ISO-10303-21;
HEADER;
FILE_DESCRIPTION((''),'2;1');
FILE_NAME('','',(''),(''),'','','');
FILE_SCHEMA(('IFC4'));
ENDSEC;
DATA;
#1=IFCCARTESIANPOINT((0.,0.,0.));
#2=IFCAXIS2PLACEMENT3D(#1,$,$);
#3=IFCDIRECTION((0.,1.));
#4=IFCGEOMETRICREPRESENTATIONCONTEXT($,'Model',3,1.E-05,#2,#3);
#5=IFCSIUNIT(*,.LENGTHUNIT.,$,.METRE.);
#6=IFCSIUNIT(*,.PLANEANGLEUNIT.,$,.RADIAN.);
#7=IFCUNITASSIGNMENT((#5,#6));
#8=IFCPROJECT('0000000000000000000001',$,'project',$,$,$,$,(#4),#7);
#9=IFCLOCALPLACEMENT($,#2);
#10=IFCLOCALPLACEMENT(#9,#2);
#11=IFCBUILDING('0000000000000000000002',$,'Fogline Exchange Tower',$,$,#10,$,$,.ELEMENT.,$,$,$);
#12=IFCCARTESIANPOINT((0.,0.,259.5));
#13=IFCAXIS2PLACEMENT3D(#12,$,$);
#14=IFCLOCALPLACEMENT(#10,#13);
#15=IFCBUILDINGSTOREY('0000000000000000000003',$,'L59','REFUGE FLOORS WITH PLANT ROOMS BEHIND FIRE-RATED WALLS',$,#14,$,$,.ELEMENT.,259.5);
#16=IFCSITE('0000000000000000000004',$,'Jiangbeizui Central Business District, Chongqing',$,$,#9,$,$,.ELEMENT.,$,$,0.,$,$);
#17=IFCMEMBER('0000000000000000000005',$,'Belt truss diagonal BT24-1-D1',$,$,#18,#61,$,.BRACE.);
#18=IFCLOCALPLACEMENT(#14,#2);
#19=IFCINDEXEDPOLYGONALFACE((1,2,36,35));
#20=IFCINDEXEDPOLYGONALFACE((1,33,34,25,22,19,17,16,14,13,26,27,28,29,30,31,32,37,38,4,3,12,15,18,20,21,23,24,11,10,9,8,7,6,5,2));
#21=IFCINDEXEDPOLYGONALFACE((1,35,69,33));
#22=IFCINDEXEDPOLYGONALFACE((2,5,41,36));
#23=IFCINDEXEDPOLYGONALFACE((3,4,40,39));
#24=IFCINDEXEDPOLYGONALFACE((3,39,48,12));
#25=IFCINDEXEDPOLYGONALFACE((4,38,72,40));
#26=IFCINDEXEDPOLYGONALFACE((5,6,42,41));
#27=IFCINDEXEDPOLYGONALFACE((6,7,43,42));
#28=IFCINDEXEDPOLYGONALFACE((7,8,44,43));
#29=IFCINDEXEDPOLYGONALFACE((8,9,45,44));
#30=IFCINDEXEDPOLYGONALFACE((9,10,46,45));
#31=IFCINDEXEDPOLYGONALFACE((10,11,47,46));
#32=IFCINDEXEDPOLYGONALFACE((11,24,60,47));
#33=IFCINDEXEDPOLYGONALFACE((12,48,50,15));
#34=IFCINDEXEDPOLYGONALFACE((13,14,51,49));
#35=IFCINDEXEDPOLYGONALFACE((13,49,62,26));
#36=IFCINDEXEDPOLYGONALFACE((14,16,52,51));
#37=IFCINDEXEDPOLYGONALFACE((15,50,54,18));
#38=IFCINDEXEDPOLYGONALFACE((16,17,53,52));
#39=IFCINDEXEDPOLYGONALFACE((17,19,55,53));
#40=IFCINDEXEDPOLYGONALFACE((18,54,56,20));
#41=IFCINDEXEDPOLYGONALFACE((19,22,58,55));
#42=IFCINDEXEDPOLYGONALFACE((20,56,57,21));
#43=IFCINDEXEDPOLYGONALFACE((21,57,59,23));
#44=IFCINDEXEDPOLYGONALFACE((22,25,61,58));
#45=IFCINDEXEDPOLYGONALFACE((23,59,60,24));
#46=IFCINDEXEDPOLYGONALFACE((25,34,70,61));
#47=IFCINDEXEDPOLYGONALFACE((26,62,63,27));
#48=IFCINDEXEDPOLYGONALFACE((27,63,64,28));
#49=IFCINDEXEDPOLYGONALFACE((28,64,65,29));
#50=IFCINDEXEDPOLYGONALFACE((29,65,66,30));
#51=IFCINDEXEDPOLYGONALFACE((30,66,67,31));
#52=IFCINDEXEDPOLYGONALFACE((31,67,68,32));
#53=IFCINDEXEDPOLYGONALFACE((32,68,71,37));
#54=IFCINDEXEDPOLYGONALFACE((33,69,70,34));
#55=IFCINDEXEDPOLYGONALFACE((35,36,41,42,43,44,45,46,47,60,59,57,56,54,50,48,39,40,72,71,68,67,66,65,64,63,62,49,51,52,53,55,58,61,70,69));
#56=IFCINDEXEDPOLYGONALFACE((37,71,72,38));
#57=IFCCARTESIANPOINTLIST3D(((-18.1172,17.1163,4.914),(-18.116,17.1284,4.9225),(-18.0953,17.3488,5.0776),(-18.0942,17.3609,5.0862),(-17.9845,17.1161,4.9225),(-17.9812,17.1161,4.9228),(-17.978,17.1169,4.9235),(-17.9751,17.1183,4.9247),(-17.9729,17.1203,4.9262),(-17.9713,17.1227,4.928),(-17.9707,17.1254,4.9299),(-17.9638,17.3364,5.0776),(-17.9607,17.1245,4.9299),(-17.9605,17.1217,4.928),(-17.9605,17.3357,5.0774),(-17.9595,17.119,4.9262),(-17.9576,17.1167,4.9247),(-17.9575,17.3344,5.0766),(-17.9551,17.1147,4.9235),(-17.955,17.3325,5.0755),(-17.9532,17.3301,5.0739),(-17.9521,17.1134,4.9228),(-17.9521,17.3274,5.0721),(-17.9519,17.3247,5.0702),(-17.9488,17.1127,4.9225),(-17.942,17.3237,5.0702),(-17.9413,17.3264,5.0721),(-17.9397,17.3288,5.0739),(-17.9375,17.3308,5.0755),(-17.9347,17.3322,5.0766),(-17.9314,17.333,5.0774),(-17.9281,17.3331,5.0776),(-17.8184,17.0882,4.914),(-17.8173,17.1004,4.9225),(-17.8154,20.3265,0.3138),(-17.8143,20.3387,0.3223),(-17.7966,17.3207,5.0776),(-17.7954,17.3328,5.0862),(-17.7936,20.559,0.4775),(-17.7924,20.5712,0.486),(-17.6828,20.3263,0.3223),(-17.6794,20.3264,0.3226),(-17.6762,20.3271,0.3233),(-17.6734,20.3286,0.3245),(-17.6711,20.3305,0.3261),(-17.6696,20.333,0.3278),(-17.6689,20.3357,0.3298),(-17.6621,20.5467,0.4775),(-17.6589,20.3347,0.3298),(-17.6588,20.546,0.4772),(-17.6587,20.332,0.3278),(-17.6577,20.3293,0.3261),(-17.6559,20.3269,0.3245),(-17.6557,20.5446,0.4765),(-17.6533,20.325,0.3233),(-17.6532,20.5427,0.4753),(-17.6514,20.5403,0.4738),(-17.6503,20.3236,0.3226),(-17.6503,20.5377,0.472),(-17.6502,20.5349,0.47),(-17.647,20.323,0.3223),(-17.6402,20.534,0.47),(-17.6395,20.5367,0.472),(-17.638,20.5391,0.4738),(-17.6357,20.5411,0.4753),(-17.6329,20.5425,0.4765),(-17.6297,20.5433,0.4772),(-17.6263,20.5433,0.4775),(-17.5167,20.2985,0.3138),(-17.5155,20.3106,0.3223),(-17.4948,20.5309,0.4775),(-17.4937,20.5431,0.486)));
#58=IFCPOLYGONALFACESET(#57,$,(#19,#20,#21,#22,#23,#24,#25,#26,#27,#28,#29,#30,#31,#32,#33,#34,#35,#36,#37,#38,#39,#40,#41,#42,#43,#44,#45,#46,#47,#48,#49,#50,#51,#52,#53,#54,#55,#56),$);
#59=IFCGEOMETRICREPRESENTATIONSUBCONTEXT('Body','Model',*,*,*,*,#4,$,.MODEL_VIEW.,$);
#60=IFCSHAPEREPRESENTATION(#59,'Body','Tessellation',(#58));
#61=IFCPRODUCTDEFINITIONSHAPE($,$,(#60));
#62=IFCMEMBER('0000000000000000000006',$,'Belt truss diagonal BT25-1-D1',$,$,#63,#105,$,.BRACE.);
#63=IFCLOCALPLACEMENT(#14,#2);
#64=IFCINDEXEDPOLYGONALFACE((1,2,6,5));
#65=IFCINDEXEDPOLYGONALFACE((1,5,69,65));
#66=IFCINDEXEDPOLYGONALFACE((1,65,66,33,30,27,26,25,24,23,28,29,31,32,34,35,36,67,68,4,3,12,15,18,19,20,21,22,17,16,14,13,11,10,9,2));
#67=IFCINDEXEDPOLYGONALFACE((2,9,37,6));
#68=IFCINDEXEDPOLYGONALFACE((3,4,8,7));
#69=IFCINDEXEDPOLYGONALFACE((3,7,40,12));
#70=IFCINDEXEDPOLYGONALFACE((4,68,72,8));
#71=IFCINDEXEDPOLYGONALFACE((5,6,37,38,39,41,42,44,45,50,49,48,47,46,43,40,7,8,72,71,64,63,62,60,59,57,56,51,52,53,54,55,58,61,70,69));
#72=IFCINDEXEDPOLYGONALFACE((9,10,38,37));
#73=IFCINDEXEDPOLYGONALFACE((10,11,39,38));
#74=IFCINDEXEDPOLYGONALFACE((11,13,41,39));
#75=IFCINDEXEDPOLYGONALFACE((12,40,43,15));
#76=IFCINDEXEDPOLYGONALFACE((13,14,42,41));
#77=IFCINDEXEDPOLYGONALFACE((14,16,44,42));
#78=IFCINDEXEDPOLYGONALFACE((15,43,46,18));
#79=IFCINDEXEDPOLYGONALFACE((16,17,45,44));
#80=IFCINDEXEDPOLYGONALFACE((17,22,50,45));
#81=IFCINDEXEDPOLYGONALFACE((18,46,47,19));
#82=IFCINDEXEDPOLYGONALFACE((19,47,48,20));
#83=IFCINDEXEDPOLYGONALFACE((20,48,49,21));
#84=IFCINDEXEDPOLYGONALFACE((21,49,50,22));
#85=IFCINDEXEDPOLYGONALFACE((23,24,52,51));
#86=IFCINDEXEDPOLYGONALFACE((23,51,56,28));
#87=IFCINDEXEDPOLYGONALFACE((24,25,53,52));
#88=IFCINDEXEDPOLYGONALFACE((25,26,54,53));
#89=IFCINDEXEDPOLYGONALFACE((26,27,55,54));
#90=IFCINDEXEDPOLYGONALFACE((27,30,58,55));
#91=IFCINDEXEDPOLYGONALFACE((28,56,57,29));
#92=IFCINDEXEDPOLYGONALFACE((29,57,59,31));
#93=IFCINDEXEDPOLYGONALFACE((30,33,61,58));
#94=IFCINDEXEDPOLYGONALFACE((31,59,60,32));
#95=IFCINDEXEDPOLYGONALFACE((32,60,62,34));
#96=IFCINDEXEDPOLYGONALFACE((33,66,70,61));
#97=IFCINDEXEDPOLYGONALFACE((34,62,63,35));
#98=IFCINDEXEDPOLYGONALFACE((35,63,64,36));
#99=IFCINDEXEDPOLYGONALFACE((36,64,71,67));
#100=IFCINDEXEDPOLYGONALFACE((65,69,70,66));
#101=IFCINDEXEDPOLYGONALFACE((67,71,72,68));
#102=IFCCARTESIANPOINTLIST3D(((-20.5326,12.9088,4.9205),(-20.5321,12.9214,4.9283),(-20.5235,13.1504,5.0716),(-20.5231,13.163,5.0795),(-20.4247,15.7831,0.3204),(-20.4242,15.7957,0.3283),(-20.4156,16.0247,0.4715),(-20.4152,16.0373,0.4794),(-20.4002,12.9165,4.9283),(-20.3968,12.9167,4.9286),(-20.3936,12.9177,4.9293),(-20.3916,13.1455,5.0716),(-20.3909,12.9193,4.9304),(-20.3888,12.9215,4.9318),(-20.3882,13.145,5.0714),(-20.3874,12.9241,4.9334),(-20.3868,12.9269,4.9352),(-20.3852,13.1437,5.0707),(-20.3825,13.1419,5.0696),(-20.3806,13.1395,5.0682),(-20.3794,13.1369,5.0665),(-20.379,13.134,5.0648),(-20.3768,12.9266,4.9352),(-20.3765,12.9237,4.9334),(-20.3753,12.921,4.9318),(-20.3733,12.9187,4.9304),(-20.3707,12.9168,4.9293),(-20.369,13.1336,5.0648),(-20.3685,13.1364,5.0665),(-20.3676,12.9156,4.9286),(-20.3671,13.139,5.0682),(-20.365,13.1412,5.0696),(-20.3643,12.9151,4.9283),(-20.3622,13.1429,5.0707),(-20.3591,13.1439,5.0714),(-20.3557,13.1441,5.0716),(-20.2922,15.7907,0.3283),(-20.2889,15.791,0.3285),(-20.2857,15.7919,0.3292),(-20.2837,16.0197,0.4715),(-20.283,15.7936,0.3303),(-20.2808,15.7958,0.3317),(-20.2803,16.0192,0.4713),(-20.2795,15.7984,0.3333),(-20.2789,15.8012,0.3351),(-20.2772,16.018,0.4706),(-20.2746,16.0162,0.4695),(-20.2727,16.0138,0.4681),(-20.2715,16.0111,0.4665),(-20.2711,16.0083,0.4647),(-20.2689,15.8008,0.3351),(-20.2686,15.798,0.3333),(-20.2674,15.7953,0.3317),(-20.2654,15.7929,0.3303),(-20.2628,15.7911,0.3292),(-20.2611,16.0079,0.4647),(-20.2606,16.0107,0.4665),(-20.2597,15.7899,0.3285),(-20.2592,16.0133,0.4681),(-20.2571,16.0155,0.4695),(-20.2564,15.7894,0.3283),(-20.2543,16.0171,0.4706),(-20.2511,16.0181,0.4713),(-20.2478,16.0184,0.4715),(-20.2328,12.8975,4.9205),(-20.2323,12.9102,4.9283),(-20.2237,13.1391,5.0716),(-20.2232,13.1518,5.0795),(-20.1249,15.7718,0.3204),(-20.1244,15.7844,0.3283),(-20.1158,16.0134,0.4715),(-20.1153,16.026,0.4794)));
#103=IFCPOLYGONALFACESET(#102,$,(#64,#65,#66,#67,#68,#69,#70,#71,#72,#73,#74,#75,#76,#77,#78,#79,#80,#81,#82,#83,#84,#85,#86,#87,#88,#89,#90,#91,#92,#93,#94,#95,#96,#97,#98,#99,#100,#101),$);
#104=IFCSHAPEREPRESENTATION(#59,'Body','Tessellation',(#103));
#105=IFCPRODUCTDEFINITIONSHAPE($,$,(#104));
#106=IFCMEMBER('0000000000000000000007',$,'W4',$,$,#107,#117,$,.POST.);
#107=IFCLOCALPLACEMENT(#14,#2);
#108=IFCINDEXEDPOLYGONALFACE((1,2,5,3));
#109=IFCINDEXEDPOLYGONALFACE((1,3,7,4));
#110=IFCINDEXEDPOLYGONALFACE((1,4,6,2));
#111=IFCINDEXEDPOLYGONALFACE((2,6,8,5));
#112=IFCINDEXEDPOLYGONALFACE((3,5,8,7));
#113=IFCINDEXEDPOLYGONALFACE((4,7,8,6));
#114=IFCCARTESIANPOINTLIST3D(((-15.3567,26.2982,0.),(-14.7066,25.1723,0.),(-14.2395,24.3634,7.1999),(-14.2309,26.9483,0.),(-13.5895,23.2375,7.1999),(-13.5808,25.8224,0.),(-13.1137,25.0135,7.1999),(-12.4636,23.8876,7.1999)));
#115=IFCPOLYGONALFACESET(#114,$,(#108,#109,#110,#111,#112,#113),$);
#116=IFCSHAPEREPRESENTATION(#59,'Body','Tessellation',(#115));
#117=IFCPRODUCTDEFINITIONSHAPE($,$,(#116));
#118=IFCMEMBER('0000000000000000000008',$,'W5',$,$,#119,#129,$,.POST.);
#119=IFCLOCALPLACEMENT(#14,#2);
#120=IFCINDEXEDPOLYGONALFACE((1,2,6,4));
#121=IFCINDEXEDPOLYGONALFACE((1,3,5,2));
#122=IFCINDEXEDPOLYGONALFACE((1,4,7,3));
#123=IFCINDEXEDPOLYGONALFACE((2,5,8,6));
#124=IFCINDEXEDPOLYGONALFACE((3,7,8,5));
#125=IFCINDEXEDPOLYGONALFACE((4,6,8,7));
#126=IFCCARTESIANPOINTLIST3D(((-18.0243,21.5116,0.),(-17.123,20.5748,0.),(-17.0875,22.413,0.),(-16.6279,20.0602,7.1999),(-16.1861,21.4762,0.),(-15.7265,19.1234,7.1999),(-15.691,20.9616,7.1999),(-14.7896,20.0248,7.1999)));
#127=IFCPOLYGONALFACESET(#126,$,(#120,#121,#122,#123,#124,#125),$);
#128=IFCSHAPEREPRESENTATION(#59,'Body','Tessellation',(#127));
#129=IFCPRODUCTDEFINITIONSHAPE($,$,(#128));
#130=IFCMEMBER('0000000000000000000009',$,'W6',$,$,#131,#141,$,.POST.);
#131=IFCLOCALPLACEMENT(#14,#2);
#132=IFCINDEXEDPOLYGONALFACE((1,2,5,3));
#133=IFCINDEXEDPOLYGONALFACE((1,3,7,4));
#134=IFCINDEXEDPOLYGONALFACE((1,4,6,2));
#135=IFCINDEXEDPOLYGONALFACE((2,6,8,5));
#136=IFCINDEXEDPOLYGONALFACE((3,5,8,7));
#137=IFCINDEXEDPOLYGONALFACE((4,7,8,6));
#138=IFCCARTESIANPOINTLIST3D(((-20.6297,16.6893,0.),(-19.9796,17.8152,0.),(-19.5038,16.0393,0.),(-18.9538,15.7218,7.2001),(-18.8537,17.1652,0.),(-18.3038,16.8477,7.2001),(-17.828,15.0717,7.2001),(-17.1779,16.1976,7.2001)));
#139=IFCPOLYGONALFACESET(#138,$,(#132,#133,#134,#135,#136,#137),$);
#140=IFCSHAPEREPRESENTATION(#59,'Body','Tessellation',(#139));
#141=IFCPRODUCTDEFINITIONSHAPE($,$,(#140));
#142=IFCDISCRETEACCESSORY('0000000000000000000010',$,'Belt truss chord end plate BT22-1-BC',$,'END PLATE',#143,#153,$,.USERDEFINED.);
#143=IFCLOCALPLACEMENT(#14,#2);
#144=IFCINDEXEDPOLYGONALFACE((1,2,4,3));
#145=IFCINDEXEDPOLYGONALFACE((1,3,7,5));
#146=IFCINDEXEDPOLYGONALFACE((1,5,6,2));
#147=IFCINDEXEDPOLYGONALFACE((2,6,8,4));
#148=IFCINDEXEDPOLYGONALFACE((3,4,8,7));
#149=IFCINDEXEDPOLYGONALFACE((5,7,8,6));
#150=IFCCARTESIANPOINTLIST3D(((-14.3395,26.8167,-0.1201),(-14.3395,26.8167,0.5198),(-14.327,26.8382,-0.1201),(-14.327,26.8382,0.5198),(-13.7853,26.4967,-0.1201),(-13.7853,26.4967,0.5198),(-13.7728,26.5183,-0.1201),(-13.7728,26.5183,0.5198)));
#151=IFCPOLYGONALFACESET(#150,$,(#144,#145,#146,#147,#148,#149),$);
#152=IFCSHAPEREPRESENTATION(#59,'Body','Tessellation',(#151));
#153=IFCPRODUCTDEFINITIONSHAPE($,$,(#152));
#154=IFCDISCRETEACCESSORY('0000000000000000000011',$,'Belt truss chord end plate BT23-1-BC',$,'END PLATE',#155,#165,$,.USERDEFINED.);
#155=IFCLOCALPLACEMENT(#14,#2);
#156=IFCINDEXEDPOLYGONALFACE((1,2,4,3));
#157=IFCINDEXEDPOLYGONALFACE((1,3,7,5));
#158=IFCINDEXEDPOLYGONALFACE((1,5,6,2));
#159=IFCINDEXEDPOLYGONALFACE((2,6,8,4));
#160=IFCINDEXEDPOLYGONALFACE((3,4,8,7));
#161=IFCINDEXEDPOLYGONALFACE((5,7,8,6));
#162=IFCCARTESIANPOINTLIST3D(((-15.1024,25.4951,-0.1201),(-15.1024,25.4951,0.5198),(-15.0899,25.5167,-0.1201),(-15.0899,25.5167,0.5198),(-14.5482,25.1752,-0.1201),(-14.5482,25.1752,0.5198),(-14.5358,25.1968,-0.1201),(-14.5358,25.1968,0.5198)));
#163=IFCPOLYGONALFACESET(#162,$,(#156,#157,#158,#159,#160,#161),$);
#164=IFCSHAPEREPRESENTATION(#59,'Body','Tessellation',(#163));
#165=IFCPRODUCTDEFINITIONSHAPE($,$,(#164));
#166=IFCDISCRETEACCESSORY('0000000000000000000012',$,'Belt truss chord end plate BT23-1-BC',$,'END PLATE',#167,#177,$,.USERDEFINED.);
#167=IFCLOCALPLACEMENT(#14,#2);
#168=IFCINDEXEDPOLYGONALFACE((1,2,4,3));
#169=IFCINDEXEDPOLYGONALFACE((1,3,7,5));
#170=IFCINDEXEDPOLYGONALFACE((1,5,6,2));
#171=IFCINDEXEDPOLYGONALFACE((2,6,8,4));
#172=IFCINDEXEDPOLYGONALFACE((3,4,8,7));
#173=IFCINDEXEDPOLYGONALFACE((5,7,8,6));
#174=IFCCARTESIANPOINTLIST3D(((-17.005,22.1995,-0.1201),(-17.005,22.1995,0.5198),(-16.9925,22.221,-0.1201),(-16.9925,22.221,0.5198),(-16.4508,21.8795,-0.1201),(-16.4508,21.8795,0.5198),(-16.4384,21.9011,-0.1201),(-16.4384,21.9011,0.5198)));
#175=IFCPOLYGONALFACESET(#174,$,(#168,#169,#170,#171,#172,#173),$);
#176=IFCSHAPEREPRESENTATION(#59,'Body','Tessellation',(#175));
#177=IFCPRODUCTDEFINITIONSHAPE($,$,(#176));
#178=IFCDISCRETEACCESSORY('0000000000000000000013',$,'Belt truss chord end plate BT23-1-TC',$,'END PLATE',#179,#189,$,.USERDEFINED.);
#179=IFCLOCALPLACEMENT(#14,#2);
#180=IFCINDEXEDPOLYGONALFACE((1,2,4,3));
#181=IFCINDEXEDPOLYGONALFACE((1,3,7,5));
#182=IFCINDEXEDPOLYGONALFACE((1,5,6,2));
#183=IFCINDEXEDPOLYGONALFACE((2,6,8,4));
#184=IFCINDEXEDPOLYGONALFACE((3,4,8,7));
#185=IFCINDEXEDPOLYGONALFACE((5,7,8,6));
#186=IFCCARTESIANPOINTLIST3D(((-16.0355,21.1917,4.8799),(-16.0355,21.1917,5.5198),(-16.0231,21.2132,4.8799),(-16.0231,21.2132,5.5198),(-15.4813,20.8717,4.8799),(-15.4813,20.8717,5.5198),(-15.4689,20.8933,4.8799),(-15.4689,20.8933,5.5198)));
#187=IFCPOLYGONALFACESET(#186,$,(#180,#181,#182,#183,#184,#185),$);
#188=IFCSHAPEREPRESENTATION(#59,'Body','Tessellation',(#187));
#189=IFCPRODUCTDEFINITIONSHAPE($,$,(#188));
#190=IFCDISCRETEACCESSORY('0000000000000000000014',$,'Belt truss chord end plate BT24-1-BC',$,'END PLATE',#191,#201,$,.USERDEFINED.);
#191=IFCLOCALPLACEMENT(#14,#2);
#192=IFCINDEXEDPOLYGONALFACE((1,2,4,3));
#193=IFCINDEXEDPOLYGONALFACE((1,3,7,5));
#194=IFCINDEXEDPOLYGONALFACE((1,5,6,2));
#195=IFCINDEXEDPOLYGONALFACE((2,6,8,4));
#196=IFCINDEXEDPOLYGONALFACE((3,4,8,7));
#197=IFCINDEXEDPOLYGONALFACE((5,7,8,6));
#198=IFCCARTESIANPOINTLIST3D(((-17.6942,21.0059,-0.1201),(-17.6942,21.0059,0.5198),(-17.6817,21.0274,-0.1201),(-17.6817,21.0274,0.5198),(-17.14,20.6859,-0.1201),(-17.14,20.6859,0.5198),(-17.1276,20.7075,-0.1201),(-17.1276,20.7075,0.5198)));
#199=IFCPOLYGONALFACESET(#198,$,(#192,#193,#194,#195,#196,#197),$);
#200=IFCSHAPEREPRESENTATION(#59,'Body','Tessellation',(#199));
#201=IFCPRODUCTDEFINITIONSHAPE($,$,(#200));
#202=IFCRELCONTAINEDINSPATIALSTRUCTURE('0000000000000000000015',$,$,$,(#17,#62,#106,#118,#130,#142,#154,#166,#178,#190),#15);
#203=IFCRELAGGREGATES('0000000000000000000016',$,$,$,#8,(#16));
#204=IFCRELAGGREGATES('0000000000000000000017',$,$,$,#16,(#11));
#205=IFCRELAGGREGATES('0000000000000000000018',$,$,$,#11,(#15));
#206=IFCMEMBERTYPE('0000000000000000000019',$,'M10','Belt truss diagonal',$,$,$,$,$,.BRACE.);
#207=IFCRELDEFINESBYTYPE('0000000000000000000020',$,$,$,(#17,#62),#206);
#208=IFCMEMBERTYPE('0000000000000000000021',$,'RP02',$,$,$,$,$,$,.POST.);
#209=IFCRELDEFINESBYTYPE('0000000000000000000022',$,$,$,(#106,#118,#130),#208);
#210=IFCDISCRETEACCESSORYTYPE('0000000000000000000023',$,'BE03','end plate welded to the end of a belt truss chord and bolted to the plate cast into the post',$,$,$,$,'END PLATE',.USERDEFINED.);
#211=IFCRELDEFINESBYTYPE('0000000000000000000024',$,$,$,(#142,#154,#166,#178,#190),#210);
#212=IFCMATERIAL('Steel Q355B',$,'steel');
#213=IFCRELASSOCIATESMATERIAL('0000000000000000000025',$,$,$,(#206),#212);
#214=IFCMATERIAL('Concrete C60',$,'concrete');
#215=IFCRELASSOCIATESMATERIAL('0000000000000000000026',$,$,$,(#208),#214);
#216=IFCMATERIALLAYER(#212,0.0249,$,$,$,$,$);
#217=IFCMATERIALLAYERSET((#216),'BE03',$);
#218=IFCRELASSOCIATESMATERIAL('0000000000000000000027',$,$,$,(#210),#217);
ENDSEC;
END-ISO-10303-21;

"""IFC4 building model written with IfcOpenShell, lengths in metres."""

from ifc_helpers import new_model, si_unit, direction, frame, origin, origin_2d, place, context, subcontext, project, spatial, rectangle, i_section, extrude, material, layer, layer_set, material_profile, profile_set, type_object, element, save


model = new_model("IFC4")

# Units and contexts
model_context = context("Model", 3, precision=1e-05, world=origin(), true_north=direction((0.0, 1.0)))
body_context = subcontext(model_context, "Body", "Model", "MODEL_VIEW")
ifc_project = project(units=[si_unit("LENGTHUNIT", "METRE"), si_unit("PLANEANGLEUNIT", "RADIAN")], contexts=[model_context])

# Site, building, storey
site_placement = place(None, origin())
site = spatial("IfcSite", under=ifc_project, at=site_placement, Name="Jiangbeizui Central Business District, Chongqing", CompositionType="ELEMENT", RefElevation=0.0)
building_placement = place(site_placement, origin())
building = spatial("IfcBuilding", under=site, at=building_placement, Name="Fogline Exchange Tower", CompositionType="ELEMENT")
storey_placement = place(building_placement, frame((0.0, 0.0, 259.5)))
storey = spatial("IfcBuildingStorey", under=building, at=storey_placement, Name="L59", Description="REFUGE FLOORS WITH PLANT ROOMS BEHIND FIRE-RATED WALLS", CompositionType="ELEMENT", Elevation=259.5)

# Members
ifc_material_1 = material(Name="Steel Q355B", Category="steel")
ifc_material_profile_1 = material_profile(ifc_material_1, i_section(OverallWidth=0.3, OverallDepth=0.3, WebThickness=0.01, FlangeThickness=0.0149, FilletRadius=0.0129, at=origin_2d()), Name="HW300X300X10X15")
ifc_profile_set_1 = profile_set([ifc_material_profile_1], Name="Steel Q355B")
member_type_1 = type_object("IfcMemberType", Name="M10", Description="Belt truss diagonal", PredefinedType="BRACE", material=ifc_profile_set_1)
member_1_placement = place(storey_placement, frame((-17.6545, 20.4348, 0.3999), z_axis=(-0.053717, -0.571455, 0.818873), x_axis=(0.995611, -0.093587, 0.0)))
element("IfcMember", 1, at=member_1_placement, inside=storey, type_object=member_type_1, Name="Belt truss diagonal BT24-1-D1", PredefinedType="BRACE", context=body_context, shape_type="SweptSolid", body=[
    extrude(i_section(OverallWidth=0.3, OverallDepth=0.3, WebThickness=0.01, FlangeThickness=0.0149, FilletRadius=0.0129, at=origin_2d()), origin(), (0.0, 0.0, 1.0), 5.6177),
])
member_2_placement = place(storey_placement, frame((-20.27, 15.9045, 0.3999), z_axis=(-0.01989, -0.529789, 0.847896), x_axis=(0.999296, -0.037517, 0.0)))
element("IfcMember", 2, at=member_2_placement, inside=storey, type_object=member_type_1, Name="Belt truss diagonal BT25-1-D1", PredefinedType="BRACE", context=body_context, shape_type="SweptSolid", body=[
    extrude(i_section(OverallWidth=0.3, OverallDepth=0.3, WebThickness=0.01, FlangeThickness=0.0149, FilletRadius=0.0129, at=origin_2d()), origin(), (0.0, 0.0, 1.0), 5.4253),
])
ifc_material_2 = material(Name="Concrete C60", Category="concrete")
ifc_material_profile_2 = material_profile(ifc_material_2, rectangle(XDim=1.3, YDim=1.3, at=origin_2d()), Name="RC 1300x1300")
ifc_profile_set_2 = profile_set([ifc_material_profile_2], Name="Concrete C60")
member_type_2 = type_object("IfcMemberType", Name="RP02", PredefinedType="POST", material=ifc_profile_set_2)
member_3_placement = place(storey_placement, frame((-14.4688, 26.0603, 0.0), z_axis=(0.0, 0.0, 1.0), x_axis=(0.866002, 0.500041, 0.0)))
element("IfcMember", 3, at=member_3_placement, inside=storey, type_object=member_type_2, Name="W4", PredefinedType="POST", context=body_context, shape_type="SweptSolid", body=[
    extrude(rectangle(XDim=1.3, YDim=1.3, at=origin_2d()), origin(), (0.0, -0.296366, 0.955074), 7.5386),
])
member_4_placement = place(storey_placement, frame((-17.1052, 21.4939, 0.0), z_axis=(0.0, 0.0, 1.0), x_axis=(0.720612, 0.693339, 0.0)))
element("IfcMember", 4, at=member_4_placement, inside=storey, type_object=member_type_2, Name="W5", PredefinedType="POST", context=body_context, shape_type="SweptSolid", body=[
    extrude(rectangle(XDim=1.3, YDim=1.3, at=origin_2d()), origin(), (0.0, -0.269401, 0.963028), 7.4763),
])
member_5_placement = place(storey_placement, frame((-19.7417, 16.9272, 0.0), z_axis=(0.0, 0.0, 1.0), x_axis=(0.500006, 0.866022, 0.0)))
element("IfcMember", 5, at=member_5_placement, inside=storey, type_object=member_type_2, Name="W6", PredefinedType="POST", context=body_context, shape_type="SweptSolid", body=[
    extrude(rectangle(XDim=1.3, YDim=1.3, at=origin_2d()), origin(), (0.0, -0.259546, 0.965731), 7.4556),
])

# Discrete accessories
ifc_layer = layer(ifc_material_1, 0.0249)
ifc_layer_set = layer_set([ifc_layer], Name="BE03")
discrete_accessory_type = type_object("IfcDiscreteAccessoryType", Name="BE03", Description="end plate welded to the end of a belt truss chord and bolted to the plate cast into the post", ElementType="END PLATE", PredefinedType="USERDEFINED", material=ifc_layer_set)
for number, where, z_axis, x_axis, name in (
    (6, (-14.0562, 26.6675, -0.1201), (0.0, 0.0, 1.0), (-0.5, -0.866025, 0.0), "Belt truss chord end plate BT22-1-BC"),
    (7, (-14.8191, 25.3459, -0.1201), (0.0, 0.0, 1.0), (0.5, 0.866025, 0.0), "Belt truss chord end plate BT23-1-BC"),
    (8, (-16.7217, 22.0503, -0.1201), (0.0, 0.0, 1.0), (-0.5, -0.866025, 0.0), "Belt truss chord end plate BT23-1-BC"),
    (9, (-15.7522, 21.0425, 4.8799), (0.0, 0.0, 1.0), (-0.5, -0.866025, 0.0), "Belt truss chord end plate BT23-1-TC"),
    (10, (-17.4109, 20.8567, -0.1201), (0.0, 0.0, 1.0), (0.5, 0.866025, 0.0), "Belt truss chord end plate BT24-1-BC"),
):
    element("IfcDiscreteAccessory", number, at=place(storey_placement, frame(where, z_axis=z_axis, x_axis=x_axis)), inside=storey, type_object=discrete_accessory_type, Name=name, ObjectType="END PLATE", PredefinedType="USERDEFINED", context=body_context, shape_type="SweptSolid", body=[
        extrude(rectangle(XDim=0.0249, YDim=0.6399, at=origin_2d()), origin(), (0.0, 0.0, 1.0), 0.6399),
    ])

save(model, "model.ifc")
